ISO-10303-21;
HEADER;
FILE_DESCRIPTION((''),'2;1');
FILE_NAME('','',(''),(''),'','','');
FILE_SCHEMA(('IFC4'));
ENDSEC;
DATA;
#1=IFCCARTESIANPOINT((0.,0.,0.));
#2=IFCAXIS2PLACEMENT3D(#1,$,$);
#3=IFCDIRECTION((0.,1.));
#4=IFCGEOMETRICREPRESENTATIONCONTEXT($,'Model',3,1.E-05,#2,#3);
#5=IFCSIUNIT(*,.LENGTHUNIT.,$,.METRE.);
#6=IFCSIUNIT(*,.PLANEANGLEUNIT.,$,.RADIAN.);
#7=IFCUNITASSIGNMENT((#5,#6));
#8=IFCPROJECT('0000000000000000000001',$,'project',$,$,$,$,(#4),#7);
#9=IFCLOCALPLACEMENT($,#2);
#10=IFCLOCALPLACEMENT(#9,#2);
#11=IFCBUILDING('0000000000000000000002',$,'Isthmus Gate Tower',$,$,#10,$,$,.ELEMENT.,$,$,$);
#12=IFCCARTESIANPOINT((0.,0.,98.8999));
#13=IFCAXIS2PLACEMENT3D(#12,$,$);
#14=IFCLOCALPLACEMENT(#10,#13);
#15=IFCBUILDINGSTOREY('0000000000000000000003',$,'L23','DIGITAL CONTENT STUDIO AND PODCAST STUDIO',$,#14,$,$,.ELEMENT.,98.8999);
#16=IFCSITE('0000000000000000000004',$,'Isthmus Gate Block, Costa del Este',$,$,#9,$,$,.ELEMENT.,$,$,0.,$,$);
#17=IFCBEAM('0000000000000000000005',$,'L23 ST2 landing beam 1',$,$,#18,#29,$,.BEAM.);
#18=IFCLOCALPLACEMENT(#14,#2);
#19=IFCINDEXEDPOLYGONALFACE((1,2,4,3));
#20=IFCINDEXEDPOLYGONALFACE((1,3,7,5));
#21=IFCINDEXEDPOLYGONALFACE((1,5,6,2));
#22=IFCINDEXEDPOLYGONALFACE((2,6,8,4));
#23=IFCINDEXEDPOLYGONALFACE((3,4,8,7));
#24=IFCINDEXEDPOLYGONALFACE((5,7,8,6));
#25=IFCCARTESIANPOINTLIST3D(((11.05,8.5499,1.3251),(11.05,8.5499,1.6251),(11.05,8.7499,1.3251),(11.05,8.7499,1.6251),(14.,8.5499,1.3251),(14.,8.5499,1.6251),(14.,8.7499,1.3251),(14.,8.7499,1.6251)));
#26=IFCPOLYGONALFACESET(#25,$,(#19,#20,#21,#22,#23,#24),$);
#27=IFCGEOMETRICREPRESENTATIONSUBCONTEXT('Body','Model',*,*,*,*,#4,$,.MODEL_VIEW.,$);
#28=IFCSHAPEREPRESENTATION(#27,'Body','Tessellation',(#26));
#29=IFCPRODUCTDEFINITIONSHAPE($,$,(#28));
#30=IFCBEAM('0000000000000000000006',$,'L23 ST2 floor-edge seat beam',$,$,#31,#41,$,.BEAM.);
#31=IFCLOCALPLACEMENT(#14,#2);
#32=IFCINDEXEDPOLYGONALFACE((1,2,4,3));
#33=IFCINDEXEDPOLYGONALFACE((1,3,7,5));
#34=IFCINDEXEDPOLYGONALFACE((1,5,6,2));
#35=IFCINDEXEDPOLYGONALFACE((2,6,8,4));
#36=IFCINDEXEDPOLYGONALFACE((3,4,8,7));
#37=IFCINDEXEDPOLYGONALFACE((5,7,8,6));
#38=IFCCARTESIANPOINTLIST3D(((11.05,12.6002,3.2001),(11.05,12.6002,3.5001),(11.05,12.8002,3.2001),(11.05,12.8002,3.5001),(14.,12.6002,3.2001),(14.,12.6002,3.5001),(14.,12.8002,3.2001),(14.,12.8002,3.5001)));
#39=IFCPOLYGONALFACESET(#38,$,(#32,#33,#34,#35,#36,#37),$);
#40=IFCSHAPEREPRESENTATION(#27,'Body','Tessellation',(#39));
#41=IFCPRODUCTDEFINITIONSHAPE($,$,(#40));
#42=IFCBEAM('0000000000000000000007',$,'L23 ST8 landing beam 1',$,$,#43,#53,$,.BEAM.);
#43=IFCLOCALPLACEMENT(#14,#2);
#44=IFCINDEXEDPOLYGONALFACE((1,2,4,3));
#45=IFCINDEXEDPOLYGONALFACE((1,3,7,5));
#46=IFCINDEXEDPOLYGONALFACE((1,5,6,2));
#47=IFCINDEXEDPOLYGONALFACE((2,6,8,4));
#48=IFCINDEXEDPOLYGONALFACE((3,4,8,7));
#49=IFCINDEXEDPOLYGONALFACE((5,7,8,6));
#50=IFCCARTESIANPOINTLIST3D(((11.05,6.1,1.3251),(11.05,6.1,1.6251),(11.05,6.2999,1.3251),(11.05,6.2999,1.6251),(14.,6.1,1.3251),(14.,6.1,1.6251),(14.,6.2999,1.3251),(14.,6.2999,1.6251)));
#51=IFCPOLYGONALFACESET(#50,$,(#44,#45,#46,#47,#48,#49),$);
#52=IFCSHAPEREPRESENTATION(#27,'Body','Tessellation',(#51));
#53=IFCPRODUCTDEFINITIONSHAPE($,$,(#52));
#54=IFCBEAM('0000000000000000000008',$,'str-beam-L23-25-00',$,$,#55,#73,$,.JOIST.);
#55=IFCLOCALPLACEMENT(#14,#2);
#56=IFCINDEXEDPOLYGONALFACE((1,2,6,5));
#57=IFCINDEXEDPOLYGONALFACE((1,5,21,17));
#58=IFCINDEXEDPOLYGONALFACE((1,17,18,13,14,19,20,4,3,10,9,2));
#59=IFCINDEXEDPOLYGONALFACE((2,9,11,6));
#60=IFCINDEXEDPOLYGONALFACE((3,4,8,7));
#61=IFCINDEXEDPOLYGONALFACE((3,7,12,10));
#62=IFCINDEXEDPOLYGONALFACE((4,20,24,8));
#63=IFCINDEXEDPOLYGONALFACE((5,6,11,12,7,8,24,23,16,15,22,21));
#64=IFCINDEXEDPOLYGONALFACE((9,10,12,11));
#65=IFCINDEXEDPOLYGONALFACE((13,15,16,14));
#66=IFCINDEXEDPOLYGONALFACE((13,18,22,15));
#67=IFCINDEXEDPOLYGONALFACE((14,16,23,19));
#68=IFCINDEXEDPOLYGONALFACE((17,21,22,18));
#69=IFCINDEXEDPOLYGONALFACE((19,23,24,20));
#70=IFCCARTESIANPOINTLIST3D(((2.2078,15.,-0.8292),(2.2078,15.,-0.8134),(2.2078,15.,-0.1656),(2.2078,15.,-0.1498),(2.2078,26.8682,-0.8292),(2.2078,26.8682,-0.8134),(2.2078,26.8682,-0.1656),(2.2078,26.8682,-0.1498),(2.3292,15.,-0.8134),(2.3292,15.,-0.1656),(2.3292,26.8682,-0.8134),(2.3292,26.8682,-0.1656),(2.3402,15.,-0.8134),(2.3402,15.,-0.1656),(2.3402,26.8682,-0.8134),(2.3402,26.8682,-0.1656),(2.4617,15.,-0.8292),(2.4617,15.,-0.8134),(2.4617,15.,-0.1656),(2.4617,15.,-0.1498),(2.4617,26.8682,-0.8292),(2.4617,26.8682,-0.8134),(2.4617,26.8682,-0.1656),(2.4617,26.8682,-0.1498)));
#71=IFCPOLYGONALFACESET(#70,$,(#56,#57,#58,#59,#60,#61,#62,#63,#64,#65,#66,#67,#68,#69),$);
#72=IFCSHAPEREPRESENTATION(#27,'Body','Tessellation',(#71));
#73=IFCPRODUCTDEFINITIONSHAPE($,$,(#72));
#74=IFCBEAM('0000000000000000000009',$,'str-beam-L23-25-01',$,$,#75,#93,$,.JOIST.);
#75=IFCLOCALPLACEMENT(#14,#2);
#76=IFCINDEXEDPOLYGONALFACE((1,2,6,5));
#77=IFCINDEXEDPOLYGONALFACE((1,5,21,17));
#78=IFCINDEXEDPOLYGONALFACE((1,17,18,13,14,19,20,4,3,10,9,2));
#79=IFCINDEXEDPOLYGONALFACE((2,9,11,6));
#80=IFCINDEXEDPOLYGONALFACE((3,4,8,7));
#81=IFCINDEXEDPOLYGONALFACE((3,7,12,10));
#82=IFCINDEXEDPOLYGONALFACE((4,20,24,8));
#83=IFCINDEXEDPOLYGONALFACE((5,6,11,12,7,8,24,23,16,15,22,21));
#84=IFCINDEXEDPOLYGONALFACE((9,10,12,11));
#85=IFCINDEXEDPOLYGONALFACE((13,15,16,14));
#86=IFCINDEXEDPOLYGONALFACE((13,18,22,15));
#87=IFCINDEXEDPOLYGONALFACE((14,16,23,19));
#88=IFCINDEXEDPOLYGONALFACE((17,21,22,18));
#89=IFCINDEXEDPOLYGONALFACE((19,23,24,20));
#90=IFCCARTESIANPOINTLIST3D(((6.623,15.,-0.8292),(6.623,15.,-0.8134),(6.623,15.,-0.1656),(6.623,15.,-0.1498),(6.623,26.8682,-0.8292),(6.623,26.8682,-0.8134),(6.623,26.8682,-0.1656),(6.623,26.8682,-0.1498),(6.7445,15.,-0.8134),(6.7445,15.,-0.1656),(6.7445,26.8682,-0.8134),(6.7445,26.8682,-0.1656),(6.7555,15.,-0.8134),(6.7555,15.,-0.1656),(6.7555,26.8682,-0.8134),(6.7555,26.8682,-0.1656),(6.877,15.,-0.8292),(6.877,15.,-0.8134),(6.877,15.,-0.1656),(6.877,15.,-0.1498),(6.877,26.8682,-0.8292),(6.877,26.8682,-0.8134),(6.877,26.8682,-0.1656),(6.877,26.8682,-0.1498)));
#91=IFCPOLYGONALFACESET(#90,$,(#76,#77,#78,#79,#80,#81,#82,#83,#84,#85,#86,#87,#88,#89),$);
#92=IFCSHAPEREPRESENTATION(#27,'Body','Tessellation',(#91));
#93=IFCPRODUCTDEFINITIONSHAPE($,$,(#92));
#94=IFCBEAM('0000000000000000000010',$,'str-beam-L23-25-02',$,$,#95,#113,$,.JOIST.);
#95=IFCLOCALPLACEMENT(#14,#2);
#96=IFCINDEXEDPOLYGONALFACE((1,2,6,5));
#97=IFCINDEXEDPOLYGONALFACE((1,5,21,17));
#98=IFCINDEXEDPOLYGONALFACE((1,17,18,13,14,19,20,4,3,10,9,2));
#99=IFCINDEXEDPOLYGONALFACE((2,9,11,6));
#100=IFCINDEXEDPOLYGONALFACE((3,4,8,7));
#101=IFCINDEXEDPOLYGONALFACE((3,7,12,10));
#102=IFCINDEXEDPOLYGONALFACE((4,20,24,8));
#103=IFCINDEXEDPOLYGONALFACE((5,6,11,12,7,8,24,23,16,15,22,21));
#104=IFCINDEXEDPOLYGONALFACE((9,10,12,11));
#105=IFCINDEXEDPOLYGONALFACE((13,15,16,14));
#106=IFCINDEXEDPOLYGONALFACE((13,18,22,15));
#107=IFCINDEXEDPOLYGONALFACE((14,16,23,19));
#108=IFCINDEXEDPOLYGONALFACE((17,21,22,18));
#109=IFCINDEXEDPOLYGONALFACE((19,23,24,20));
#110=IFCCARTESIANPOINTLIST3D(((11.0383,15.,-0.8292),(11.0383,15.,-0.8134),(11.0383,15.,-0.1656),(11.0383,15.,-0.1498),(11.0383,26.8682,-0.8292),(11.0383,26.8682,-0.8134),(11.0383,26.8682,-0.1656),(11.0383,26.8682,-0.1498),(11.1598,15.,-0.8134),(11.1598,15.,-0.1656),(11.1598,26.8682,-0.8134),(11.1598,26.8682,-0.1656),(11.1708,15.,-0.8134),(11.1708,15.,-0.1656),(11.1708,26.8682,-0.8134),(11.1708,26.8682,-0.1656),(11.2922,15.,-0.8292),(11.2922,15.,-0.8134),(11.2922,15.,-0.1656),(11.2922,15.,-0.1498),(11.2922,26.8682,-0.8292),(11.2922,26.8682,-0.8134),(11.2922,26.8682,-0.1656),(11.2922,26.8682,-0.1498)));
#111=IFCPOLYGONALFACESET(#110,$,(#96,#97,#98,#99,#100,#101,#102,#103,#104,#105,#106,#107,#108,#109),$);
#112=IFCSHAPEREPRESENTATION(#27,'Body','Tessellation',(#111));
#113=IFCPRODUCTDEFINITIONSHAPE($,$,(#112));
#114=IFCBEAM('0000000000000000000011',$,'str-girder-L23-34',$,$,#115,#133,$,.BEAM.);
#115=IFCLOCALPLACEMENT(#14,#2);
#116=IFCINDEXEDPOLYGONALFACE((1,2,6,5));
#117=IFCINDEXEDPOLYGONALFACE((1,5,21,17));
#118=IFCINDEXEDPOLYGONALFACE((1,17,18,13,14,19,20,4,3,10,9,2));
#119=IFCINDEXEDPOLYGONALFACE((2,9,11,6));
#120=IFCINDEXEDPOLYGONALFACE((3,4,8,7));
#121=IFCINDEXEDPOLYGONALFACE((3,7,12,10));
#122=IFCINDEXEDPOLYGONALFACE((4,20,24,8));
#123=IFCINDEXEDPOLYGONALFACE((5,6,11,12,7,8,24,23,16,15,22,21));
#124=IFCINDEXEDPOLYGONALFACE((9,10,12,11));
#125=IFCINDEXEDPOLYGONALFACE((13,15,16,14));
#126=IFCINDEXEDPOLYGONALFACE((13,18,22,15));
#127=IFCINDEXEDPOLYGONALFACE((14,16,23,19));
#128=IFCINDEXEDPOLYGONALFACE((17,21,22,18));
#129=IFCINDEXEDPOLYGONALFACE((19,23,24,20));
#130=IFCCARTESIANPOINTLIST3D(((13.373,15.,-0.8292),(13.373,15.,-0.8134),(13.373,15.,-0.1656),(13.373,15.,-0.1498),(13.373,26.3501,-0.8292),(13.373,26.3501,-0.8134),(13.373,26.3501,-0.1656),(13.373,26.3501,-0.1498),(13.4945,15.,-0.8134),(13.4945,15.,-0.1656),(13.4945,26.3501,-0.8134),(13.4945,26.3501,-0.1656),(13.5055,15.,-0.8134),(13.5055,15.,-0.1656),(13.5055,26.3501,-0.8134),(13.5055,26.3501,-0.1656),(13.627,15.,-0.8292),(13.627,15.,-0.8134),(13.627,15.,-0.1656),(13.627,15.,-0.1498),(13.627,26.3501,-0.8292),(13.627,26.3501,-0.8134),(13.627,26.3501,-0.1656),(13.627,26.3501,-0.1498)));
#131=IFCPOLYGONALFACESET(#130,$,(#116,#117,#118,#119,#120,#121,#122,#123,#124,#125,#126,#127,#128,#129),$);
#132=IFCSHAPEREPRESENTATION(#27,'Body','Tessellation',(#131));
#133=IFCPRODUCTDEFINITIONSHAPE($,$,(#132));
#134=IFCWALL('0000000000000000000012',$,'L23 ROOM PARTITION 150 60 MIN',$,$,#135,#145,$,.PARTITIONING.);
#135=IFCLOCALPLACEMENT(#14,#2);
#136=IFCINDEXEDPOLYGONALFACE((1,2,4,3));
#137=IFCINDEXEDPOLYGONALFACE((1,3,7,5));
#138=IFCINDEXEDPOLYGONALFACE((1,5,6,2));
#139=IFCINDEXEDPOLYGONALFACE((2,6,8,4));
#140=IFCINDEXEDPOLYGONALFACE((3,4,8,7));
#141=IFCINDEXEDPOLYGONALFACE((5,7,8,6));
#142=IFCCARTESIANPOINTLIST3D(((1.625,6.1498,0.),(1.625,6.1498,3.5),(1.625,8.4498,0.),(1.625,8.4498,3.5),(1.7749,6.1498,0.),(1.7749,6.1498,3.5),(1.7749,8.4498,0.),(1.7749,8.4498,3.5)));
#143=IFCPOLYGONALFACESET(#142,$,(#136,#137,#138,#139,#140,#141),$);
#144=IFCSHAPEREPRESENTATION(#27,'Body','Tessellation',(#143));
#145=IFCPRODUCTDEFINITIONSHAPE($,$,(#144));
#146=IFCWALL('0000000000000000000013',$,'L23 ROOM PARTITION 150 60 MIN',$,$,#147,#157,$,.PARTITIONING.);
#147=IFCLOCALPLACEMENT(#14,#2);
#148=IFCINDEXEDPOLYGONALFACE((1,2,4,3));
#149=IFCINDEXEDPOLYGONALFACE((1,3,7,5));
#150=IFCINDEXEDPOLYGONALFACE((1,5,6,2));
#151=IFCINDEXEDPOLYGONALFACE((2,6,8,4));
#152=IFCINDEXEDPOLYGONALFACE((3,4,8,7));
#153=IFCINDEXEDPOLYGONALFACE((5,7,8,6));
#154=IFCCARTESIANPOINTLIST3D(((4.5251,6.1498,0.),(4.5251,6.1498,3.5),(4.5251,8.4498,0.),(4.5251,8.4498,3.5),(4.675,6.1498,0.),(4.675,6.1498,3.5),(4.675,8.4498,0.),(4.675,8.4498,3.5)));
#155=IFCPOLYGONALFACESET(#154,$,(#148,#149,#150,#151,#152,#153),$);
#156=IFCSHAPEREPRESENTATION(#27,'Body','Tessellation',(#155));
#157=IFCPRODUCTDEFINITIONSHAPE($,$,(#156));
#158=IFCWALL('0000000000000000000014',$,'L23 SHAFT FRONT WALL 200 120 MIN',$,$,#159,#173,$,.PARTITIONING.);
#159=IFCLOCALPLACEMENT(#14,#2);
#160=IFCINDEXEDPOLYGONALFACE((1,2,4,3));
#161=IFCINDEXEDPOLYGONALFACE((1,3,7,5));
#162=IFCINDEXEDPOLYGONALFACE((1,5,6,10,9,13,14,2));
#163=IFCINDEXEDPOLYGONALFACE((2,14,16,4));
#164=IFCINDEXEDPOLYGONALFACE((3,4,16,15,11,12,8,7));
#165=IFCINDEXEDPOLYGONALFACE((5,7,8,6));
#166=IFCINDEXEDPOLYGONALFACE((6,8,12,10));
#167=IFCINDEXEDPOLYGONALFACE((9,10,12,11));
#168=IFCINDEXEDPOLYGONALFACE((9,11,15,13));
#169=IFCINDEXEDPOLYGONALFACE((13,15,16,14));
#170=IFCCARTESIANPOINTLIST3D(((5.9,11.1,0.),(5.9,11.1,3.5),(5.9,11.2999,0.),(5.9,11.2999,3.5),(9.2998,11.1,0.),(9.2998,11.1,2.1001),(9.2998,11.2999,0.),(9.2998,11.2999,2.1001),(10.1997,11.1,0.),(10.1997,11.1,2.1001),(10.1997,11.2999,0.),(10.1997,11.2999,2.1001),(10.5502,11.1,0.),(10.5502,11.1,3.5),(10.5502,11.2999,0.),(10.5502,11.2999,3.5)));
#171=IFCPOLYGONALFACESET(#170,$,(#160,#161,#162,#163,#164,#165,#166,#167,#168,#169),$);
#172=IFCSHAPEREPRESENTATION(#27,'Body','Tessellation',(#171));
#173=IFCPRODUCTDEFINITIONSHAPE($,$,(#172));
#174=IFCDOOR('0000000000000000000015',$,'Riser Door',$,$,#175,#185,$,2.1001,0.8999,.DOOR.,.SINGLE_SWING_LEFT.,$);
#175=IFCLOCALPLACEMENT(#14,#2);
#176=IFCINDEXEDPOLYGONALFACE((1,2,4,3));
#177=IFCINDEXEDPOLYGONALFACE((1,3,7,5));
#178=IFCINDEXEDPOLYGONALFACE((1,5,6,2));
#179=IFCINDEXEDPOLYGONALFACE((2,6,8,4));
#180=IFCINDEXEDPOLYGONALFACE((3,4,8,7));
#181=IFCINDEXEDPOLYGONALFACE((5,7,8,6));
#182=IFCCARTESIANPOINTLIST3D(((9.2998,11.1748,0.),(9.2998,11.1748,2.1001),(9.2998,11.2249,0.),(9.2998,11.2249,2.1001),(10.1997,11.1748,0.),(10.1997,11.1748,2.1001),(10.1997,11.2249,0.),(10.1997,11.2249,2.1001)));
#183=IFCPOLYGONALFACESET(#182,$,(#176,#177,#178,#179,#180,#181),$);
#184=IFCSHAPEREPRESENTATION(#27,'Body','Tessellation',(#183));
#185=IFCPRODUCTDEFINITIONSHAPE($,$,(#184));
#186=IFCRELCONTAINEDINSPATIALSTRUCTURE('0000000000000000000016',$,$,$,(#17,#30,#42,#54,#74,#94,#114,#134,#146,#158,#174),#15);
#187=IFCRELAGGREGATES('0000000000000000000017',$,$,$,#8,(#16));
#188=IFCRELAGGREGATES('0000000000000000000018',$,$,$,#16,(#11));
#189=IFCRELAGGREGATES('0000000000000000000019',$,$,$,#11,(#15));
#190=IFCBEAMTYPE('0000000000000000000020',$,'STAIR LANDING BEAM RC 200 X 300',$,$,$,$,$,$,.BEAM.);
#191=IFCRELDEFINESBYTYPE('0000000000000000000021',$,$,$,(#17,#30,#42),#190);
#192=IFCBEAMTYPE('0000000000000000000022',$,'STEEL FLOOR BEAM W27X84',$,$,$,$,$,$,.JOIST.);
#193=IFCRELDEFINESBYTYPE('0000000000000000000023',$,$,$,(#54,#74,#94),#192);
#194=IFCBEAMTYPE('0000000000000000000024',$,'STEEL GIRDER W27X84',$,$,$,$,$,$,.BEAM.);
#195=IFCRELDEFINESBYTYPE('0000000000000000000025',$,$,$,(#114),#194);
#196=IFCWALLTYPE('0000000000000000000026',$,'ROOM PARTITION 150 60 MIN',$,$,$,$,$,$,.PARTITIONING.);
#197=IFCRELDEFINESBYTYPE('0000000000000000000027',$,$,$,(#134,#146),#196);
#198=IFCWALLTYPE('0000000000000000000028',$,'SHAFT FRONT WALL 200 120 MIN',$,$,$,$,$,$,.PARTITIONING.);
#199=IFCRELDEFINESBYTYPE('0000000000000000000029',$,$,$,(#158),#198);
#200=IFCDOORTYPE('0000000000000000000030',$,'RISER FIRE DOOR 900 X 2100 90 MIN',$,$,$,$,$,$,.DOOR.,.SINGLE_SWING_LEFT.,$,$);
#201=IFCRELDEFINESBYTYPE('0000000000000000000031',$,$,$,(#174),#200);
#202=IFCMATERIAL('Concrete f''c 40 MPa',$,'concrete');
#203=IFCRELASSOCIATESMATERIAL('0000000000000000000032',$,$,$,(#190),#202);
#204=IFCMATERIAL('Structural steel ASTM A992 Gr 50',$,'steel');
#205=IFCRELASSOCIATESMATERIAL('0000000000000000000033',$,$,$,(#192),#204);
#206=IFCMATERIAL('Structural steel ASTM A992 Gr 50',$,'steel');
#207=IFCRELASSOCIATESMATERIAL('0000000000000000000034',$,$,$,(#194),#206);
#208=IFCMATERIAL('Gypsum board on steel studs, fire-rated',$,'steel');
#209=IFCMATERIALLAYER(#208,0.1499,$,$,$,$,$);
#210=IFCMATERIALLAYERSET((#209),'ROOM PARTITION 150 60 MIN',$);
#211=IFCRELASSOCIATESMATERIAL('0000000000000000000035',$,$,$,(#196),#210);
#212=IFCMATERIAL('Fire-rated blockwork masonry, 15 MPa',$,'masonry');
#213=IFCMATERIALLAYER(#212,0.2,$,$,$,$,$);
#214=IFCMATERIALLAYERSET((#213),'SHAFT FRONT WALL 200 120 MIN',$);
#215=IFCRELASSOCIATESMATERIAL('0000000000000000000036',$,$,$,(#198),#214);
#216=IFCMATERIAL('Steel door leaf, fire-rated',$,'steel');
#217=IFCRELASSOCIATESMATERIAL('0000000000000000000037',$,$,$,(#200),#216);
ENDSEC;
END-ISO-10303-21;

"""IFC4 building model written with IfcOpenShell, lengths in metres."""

from ifc_helpers import new_model, si_unit, direction, frame, frame_2d, origin, origin_2d, place, context, subcontext, project, spatial, rectangle, i_section, extrude, material, layer, layer_set, material_profile, profile_set, type_object, element, fill, save


model = new_model("IFC4")

# Units and contexts
model_context = context("Model", 3, precision=1e-05, world=origin(), true_north=direction((0.0, 1.0)))
body_context = subcontext(model_context, "Body", "Model", "MODEL_VIEW")
ifc_project = project(units=[si_unit("LENGTHUNIT", "METRE"), si_unit("PLANEANGLEUNIT", "RADIAN")], contexts=[model_context])

# Site, building, storey
site_placement = place(None, origin())
site = spatial("IfcSite", under=ifc_project, at=site_placement, Name="Isthmus Gate Block, Costa del Este", CompositionType="ELEMENT", RefElevation=0.0)
building_placement = place(site_placement, origin())
building = spatial("IfcBuilding", under=site, at=building_placement, Name="Isthmus Gate Tower", CompositionType="ELEMENT")
storey_placement = place(building_placement, frame((0.0, 0.0, 98.8999)))
storey = spatial("IfcBuildingStorey", under=building, at=storey_placement, Name="L23", Description="DIGITAL CONTENT STUDIO AND PODCAST STUDIO", CompositionType="ELEMENT", Elevation=98.8999)

# Beams
ifc_material_1 = material(Name="Concrete f'c 40 MPa", Category="concrete")
ifc_material_profile_1 = material_profile(ifc_material_1, rectangle(XDim=0.2, YDim=0.3, at=origin_2d()), Name="STAIR LANDING BEAM RC 200 X 300")
ifc_profile_set_1 = profile_set([ifc_material_profile_1], Name="Concrete f'c 40 MPa")
beam_type_1 = type_object("IfcBeamType", Name="STAIR LANDING BEAM RC 200 X 300", PredefinedType="BEAM", material=ifc_profile_set_1)
for number, where, z_axis, x_axis, name in (
    (1, (11.05, 8.6499, 1.4751), (1.0, 0.0, 0.0), (0.0, 1.0, 0.0), "L23 ST2 landing beam 1"),
    (2, (11.05, 12.7002, 3.3501), (1.0, 0.0, 0.0), (0.0, 1.0, 0.0), "L23 ST2 floor-edge seat beam"),
    (3, (11.05, 6.2, 1.4751), (1.0, 0.0, 0.0), (0.0, 1.0, 0.0), "L23 ST8 landing beam 1"),
):
    element("IfcBeam", number, at=place(storey_placement, frame(where, z_axis=z_axis, x_axis=x_axis)), inside=storey, type_object=beam_type_1, Name=name, PredefinedType="BEAM", context=body_context, shape_type="SweptSolid", body=[
        extrude(rectangle(XDim=0.2, YDim=0.3, at=origin_2d()), origin(), (0.0, 0.0, 1.0), 2.95),
    ])
ifc_material_2 = material(Name="Structural steel ASTM A992 Gr 50", Category="steel")
ifc_material_profile_2 = material_profile(ifc_material_2, i_section(OverallWidth=0.2539, OverallDepth=0.6794, WebThickness=0.011, FlangeThickness=0.0159, at=origin_2d()), Name="W27X84")
ifc_profile_set_2 = profile_set([ifc_material_profile_2], Name="Structural steel ASTM A992 Gr 50")
beam_type_2 = type_object("IfcBeamType", Name="STEEL FLOOR BEAM W27X84", PredefinedType="JOIST", material=ifc_profile_set_2)
for number, where, z_axis, x_axis, name in (
    (4, (2.3347, 15.0, -0.4895), (0.0, 1.0, 0.0), (-1.0, 0.0, 0.0), "str-beam-L23-25-00"),
    (5, (6.75, 15.0, -0.4895), (0.0, 1.0, 0.0), (-1.0, 0.0, 0.0), "str-beam-L23-25-01"),
    (6, (11.1653, 15.0, -0.4895), (0.0, 1.0, 0.0), (-1.0, 0.0, 0.0), "str-beam-L23-25-02"),
):
    element("IfcBeam", number, at=place(storey_placement, frame(where, z_axis=z_axis, x_axis=x_axis)), inside=storey, type_object=beam_type_2, Name=name, PredefinedType="JOIST", context=body_context, shape_type="SweptSolid", body=[
        extrude(i_section(OverallWidth=0.2539, OverallDepth=0.6794, WebThickness=0.011, FlangeThickness=0.0159, at=origin_2d()), origin(), (0.0, 0.0, 1.0), 11.8682),
    ])
ifc_material_3 = material(Name="Structural steel ASTM A992 Gr 50", Category="steel")
ifc_material_profile_3 = material_profile(ifc_material_3, i_section(OverallWidth=0.2539, OverallDepth=0.6794, WebThickness=0.011, FlangeThickness=0.0159, at=origin_2d()), Name="W27X84")
ifc_profile_set_3 = profile_set([ifc_material_profile_3], Name="Structural steel ASTM A992 Gr 50")
beam_type_3 = type_object("IfcBeamType", Name="STEEL GIRDER W27X84", PredefinedType="BEAM", material=ifc_profile_set_3)
beam_placement = place(storey_placement, frame((13.5, 15.0, -0.4895), z_axis=(0.0, 1.0, 0.0), x_axis=(-1.0, 0.0, 0.0)))
element("IfcBeam", 7, at=beam_placement, inside=storey, type_object=beam_type_3, Name="str-girder-L23-34", PredefinedType="BEAM", context=body_context, shape_type="SweptSolid", body=[
    extrude(i_section(OverallWidth=0.2539, OverallDepth=0.6794, WebThickness=0.011, FlangeThickness=0.0159, at=origin_2d()), origin(), (0.0, 0.0, 1.0), 11.3501),
])

# Walls
ifc_material_4 = material(Name="Gypsum board on steel studs, fire-rated", Category="steel")
ifc_layer_1 = layer(ifc_material_4, 0.1499)
ifc_layer_set_1 = layer_set([ifc_layer_1], Name="ROOM PARTITION 150 60 MIN")
wall_type_1 = type_object("IfcWallType", Name="ROOM PARTITION 150 60 MIN", PredefinedType="PARTITIONING", material=ifc_layer_set_1)
for number, where, z_axis, x_axis, name in (
    (8, (1.7, 6.1499, 0.0), (0.0, 0.0, 1.0), (0.0, 1.0, 0.0), "L23 ROOM PARTITION 150 60 MIN"),
    (9, (4.6001, 6.1499, 0.0), (0.0, 0.0, 1.0), (0.0, 1.0, 0.0), "L23 ROOM PARTITION 150 60 MIN"),
):
    element("IfcWall", number, at=place(storey_placement, frame(where, z_axis=z_axis, x_axis=x_axis)), inside=storey, type_object=wall_type_1, Name=name, PredefinedType="PARTITIONING", context=body_context, shape_type="SweptSolid", body=[
        extrude(rectangle(XDim=2.3, YDim=0.1499, at=frame_2d((1.1499, 0.0))), origin(), (0.0, 0.0, 1.0), 3.5),
    ])

# Wall, opening, door
ifc_material_5 = material(Name="Fire-rated blockwork masonry, 15 MPa", Category="masonry")
ifc_layer_2 = layer(ifc_material_5, 0.2)
ifc_layer_set_2 = layer_set([ifc_layer_2], Name="SHAFT FRONT WALL 200 120 MIN")
wall_type_2 = type_object("IfcWallType", Name="SHAFT FRONT WALL 200 120 MIN", PredefinedType="PARTITIONING", material=ifc_layer_set_2)
wall_1_placement = place(storey_placement, frame((5.8999, 11.2, 0.0), z_axis=(0.0, 0.0, 1.0), x_axis=(1.0, 0.0, 0.0)))
wall_1 = element("IfcWall", 10, at=wall_1_placement, inside=storey, type_object=wall_type_2, Name="L23 SHAFT FRONT WALL 200 120 MIN", PredefinedType="PARTITIONING", context=body_context, shape_type="SweptSolid", body=[
    extrude(rectangle(XDim=4.6501, YDim=0.2, at=frame_2d((2.3252, 0.0))), origin(), (0.0, 0.0, 1.0), 3.5),
])
opening_placement = place(wall_1_placement, frame((3.3999, 0.0, 0.0)))
opening = element("IfcOpeningElement", 11, at=opening_placement, cuts=wall_1, PredefinedType="OPENING", context=body_context, shape_type="SweptSolid", body=[
    extrude(rectangle(XDim=0.8999, YDim=2.1001, at=frame_2d((0.45, 1.05))), frame((0.0, 0.1099, 0.0), z_axis=(0.0, -1.0, 0.0), x_axis=(1.0, 0.0, 0.0)), (0.0, 0.0, 1.0), 0.22),
])
ifc_material_6 = material(Name="Steel door leaf, fire-rated", Category="steel")
door_type = type_object("IfcDoorType", Name="RISER FIRE DOOR 900 X 2100 90 MIN", OperationType="SINGLE_SWING_LEFT", PredefinedType="DOOR", material=ifc_material_6)
door_placement = place(opening_placement, origin())
door = element("IfcDoor", 12, at=door_placement, inside=storey, type_object=door_type, Name="Riser Door", OperationType="SINGLE_SWING_LEFT", OverallHeight=2.1001, OverallWidth=0.8999, PredefinedType="DOOR", context=body_context, shape_type="SweptSolid", body=[
    extrude(rectangle(XDim=0.8999, YDim=2.1001, at=frame_2d((0.45, 1.05))), frame((0.0, 0.0249, 0.0), z_axis=(0.0, -1.0, 0.0), x_axis=(1.0, 0.0, 0.0)), (0.0, 0.0, 1.0), 0.05),
])
fill(opening, door)

save(model, "model.ifc")
